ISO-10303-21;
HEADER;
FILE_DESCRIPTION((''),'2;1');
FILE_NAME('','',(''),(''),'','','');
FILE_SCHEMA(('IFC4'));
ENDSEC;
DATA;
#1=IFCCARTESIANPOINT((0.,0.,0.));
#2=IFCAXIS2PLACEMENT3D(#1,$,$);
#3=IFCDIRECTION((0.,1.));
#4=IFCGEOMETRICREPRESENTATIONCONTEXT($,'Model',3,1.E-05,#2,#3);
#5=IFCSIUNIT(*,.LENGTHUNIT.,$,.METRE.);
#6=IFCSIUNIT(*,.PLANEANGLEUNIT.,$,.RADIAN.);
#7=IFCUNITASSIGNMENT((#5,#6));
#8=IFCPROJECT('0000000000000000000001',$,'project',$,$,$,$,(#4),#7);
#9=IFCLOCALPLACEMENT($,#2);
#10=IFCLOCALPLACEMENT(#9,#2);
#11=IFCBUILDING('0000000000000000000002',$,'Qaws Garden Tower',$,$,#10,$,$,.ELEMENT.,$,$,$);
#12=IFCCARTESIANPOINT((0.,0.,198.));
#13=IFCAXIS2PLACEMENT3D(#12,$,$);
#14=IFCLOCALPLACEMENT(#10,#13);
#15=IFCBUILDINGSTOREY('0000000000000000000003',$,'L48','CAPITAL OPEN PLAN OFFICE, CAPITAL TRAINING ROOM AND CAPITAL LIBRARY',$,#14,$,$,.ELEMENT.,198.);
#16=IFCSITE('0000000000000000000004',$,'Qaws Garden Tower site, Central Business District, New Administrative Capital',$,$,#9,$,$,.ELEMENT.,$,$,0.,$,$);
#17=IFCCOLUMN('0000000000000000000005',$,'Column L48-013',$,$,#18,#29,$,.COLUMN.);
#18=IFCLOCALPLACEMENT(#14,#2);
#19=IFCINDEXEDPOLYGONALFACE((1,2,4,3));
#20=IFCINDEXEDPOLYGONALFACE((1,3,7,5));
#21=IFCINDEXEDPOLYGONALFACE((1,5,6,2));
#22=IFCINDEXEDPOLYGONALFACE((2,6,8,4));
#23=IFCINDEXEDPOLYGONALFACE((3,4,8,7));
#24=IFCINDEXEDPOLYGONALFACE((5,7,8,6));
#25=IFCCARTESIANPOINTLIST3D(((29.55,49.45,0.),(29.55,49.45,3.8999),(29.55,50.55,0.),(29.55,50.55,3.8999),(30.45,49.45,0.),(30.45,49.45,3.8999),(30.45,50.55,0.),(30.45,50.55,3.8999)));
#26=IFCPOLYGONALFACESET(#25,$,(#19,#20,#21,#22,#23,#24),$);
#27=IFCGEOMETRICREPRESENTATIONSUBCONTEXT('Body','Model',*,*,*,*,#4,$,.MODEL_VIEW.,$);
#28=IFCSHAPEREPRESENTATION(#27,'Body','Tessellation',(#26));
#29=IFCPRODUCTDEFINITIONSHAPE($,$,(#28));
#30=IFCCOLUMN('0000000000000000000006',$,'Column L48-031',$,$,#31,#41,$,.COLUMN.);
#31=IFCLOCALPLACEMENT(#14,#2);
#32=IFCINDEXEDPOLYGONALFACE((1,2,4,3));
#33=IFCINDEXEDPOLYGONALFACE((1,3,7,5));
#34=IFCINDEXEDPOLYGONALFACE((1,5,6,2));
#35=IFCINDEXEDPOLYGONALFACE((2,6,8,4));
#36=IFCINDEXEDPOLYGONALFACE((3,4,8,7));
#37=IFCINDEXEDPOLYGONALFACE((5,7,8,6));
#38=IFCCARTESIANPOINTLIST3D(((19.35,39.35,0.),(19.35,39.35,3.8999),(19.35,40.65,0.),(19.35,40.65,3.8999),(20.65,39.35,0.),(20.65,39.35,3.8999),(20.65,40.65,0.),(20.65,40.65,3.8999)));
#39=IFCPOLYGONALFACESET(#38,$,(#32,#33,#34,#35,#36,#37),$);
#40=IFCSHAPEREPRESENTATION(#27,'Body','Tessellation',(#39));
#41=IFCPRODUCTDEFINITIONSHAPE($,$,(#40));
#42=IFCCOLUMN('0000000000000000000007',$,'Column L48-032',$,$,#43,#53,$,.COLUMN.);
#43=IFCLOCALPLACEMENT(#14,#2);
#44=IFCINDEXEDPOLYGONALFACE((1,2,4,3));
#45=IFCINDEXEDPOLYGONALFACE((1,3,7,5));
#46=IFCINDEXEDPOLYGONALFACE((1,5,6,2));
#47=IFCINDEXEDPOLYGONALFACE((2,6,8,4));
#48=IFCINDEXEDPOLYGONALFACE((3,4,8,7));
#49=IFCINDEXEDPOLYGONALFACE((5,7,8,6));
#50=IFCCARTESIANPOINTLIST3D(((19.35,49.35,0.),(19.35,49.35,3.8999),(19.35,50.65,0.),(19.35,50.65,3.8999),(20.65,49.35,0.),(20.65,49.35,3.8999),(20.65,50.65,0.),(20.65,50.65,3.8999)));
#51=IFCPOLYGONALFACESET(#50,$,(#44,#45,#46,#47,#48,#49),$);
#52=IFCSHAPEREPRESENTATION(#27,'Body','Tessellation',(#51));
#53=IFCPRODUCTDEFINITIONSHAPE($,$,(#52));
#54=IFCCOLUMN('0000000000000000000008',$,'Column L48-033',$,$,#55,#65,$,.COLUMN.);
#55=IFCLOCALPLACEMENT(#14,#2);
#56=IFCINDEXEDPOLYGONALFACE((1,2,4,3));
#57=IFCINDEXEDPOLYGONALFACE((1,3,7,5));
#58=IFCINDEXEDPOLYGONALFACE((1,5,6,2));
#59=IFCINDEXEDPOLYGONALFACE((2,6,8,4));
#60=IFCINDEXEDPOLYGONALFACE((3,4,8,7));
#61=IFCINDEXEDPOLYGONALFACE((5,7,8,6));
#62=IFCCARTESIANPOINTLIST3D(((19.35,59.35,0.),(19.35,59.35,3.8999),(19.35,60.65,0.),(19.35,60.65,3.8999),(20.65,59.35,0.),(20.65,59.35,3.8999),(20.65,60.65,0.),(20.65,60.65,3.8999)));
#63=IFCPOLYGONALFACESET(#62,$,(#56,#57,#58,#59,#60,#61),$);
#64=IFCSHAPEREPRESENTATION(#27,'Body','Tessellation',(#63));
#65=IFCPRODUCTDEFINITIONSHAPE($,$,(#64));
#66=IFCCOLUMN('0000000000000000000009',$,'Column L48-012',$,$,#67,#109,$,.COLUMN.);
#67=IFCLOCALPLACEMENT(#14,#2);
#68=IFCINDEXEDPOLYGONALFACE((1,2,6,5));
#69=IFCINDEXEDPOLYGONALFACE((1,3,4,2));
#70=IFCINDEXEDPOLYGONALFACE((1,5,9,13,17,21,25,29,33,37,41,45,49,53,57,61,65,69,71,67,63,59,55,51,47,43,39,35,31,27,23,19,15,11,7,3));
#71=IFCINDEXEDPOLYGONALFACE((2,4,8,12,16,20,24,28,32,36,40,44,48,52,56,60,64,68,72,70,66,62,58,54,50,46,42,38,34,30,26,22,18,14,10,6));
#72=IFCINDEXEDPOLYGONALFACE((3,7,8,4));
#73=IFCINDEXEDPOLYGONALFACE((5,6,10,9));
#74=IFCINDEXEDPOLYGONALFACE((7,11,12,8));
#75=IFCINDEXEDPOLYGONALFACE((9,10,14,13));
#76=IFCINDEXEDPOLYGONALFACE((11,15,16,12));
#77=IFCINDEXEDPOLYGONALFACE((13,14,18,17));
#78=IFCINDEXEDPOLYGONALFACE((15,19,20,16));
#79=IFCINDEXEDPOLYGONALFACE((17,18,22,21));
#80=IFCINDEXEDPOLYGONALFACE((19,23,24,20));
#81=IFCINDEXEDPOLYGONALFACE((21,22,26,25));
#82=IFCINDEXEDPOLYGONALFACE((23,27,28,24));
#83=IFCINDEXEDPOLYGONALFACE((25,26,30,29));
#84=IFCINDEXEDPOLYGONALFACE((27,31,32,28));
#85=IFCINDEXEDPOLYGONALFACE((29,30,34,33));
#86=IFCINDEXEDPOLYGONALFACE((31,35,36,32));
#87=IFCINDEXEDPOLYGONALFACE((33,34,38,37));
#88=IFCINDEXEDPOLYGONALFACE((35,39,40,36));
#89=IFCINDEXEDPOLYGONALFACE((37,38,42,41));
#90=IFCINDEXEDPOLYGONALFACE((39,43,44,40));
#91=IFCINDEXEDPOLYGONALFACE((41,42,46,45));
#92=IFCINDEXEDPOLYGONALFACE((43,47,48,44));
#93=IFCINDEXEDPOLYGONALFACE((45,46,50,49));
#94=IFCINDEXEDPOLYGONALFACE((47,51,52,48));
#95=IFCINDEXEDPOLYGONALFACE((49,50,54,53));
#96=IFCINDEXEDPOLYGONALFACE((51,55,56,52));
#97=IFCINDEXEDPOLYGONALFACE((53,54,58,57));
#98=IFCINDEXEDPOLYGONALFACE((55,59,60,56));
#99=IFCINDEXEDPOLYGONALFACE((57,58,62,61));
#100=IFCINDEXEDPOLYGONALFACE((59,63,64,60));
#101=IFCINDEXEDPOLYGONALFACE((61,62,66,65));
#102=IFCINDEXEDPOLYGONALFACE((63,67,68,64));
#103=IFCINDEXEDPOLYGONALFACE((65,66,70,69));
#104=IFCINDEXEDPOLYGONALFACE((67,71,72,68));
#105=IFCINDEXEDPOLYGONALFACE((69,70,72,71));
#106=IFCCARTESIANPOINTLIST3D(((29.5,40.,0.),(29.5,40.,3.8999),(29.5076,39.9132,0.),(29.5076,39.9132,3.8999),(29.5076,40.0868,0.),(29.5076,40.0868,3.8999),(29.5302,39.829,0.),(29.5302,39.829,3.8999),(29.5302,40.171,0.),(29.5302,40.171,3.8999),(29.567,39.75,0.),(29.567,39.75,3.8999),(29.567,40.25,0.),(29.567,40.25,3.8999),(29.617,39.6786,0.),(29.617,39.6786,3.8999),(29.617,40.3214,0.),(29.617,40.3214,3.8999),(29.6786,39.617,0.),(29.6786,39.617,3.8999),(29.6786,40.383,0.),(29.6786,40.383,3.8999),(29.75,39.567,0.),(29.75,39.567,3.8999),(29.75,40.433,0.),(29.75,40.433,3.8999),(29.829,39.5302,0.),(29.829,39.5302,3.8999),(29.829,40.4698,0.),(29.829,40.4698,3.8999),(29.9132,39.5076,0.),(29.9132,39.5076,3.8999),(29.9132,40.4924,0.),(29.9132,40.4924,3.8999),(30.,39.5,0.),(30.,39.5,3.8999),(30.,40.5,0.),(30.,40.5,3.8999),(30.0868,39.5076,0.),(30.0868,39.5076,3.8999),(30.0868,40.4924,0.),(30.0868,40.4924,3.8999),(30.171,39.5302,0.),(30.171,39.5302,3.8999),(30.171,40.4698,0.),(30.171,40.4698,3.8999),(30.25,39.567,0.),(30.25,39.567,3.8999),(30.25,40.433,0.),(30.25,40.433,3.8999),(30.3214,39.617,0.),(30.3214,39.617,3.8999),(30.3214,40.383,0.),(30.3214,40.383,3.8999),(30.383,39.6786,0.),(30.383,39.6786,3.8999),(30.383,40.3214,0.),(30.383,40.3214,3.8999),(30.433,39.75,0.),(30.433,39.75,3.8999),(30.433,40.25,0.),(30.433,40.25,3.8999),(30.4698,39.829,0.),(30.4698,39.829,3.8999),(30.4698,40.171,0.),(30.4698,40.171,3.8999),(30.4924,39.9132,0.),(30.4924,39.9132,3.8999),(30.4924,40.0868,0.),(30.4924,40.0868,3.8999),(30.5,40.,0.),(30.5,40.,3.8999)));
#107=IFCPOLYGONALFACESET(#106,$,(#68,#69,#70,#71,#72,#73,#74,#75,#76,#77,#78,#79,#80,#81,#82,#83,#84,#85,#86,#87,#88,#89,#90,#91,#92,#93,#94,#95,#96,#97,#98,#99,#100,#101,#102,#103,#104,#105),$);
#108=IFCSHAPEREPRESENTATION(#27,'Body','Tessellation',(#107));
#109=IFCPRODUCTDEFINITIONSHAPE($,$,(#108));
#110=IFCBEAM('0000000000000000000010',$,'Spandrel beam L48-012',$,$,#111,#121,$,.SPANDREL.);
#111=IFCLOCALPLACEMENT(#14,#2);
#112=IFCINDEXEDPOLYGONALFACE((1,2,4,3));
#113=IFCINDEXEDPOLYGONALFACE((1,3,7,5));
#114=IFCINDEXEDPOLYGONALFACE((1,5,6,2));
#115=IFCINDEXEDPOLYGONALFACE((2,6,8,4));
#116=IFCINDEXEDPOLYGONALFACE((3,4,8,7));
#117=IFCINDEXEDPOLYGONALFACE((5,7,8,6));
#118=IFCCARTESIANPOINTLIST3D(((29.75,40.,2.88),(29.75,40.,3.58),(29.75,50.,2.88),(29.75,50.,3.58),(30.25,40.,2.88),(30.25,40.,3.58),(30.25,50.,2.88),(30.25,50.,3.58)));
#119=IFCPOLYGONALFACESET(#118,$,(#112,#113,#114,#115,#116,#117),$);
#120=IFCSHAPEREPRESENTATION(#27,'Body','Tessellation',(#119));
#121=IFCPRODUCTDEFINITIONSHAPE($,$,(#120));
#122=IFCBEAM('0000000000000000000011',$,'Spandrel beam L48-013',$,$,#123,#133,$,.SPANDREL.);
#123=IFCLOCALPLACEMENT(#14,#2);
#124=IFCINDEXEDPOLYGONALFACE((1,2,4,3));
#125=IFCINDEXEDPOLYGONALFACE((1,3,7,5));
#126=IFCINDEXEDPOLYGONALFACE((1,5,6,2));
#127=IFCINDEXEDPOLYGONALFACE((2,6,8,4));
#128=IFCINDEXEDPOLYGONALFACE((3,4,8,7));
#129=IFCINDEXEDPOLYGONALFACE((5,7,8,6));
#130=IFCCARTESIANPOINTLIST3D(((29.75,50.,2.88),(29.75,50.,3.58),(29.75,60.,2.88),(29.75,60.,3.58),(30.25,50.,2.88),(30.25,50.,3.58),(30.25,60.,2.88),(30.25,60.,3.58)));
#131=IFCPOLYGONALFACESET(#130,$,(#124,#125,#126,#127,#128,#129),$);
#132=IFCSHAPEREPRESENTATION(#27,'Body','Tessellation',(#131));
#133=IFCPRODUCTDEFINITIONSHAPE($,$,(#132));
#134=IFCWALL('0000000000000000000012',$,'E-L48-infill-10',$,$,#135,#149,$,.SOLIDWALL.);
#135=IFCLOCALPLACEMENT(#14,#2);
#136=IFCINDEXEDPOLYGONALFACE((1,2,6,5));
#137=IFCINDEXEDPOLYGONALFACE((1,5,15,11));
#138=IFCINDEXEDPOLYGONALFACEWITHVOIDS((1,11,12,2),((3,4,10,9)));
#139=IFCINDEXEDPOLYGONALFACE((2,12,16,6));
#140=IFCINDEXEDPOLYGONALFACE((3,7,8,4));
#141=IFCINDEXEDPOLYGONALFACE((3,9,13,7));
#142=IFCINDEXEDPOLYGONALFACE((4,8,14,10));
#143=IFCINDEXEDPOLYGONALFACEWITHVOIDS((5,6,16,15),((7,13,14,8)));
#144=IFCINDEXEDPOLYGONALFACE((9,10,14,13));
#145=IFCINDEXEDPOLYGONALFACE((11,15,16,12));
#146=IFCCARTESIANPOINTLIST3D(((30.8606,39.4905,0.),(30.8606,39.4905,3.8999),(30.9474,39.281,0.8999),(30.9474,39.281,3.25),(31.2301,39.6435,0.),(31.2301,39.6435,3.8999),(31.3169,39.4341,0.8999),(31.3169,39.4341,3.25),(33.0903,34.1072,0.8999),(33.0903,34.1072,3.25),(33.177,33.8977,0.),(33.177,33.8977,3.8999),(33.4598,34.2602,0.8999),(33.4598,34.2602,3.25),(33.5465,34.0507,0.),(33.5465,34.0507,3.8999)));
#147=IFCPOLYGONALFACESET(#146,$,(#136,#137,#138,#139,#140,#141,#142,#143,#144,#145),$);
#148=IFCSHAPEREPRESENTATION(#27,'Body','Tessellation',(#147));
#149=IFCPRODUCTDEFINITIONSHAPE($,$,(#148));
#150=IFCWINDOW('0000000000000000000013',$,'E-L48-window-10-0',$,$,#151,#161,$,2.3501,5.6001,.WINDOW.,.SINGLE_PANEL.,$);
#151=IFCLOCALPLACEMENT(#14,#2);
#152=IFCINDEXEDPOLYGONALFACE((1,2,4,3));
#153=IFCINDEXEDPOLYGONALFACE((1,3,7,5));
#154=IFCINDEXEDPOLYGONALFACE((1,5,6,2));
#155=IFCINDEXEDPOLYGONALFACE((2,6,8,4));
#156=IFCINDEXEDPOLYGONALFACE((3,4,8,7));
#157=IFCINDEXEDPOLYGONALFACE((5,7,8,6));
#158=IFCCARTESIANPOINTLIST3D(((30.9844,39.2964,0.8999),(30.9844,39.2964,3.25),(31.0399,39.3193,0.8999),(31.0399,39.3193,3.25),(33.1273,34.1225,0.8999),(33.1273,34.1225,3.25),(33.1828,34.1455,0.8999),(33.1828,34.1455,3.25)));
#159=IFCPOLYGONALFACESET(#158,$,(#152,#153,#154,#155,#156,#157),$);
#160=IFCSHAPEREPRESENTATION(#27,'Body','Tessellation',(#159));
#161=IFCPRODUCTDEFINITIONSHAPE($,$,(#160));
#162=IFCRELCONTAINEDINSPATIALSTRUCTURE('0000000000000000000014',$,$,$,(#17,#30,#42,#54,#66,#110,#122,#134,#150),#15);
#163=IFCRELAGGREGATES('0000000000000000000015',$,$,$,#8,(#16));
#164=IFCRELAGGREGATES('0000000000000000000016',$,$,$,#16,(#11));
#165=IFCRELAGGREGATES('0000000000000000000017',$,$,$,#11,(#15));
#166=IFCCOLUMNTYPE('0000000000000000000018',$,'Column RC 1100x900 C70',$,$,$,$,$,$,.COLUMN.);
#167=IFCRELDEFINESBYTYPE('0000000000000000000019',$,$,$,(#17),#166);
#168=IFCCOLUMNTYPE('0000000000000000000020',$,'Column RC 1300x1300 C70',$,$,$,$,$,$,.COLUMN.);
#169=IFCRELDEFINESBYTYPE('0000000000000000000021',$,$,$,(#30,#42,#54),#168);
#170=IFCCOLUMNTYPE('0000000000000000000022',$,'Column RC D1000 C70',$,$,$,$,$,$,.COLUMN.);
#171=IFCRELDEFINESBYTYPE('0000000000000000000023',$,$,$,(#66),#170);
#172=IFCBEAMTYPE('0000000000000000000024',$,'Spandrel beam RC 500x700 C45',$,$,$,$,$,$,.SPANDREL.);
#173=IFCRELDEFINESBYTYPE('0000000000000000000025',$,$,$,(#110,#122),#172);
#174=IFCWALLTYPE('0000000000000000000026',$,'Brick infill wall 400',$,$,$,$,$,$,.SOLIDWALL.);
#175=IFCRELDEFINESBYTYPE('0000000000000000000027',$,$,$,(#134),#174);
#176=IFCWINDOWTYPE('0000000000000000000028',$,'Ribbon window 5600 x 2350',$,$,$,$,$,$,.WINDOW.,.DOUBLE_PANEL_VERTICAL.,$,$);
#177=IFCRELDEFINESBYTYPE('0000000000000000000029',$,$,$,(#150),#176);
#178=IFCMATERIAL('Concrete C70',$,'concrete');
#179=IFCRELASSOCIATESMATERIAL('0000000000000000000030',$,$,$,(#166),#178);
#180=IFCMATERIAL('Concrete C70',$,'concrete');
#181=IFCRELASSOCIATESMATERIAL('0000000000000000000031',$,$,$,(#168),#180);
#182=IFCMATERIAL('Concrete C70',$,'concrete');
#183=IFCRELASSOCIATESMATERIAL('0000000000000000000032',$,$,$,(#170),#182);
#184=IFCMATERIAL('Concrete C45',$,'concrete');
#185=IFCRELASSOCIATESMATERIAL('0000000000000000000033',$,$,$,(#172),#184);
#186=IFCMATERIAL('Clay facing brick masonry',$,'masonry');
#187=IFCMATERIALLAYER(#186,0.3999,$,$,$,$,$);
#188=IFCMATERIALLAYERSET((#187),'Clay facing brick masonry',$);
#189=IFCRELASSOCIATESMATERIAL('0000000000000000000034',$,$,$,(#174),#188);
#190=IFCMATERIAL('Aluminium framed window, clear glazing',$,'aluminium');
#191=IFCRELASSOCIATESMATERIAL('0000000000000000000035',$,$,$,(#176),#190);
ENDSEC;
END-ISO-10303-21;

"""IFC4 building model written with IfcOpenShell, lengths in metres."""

from ifc_helpers import new_model, si_unit, direction, frame, frame_2d, origin, origin_2d, place, context, subcontext, project, spatial, rectangle, circle, extrude, material, layer, layer_set, material_profile, profile_set, type_object, element, fill, save


model = new_model("IFC4")

# Units and contexts
model_context = context("Model", 3, precision=1e-05, world=origin(), true_north=direction((0.0, 1.0)))
body_context = subcontext(model_context, "Body", "Model", "MODEL_VIEW")
ifc_project = project(units=[si_unit("LENGTHUNIT", "METRE"), si_unit("PLANEANGLEUNIT", "RADIAN")], contexts=[model_context])

# Site, building, storey
site_placement = place(None, origin())
site = spatial("IfcSite", under=ifc_project, at=site_placement, Name="Qaws Garden Tower site, Central Business District, New Administrative Capital", CompositionType="ELEMENT", RefElevation=0.0)
building_placement = place(site_placement, origin())
building = spatial("IfcBuilding", under=site, at=building_placement, Name="Qaws Garden Tower", CompositionType="ELEMENT")
storey_placement = place(building_placement, frame((0.0, 0.0, 198.0)))
storey = spatial("IfcBuildingStorey", under=building, at=storey_placement, Name="L48", Description="CAPITAL OPEN PLAN OFFICE, CAPITAL TRAINING ROOM AND CAPITAL LIBRARY", CompositionType="ELEMENT", Elevation=198.0)

# Columns
ifc_material_1 = material(Name="Concrete C70", Category="concrete")
ifc_material_profile_1 = material_profile(ifc_material_1, rectangle(XDim=1.1001, YDim=0.8999, at=origin_2d()), Name="RC 1100x900")
ifc_profile_set_1 = profile_set([ifc_material_profile_1], Name="Concrete C70")
column_type_1 = type_object("IfcColumnType", Name="Column RC 1100x900 C70", PredefinedType="COLUMN", material=ifc_profile_set_1)
column_1_placement = place(storey_placement, frame((30.0, 50.0, 0.0), z_axis=(0.0, 0.0, 1.0), x_axis=(0.0, 1.0, 0.0)))
element("IfcColumn", 1, at=column_1_placement, inside=storey, type_object=column_type_1, Name="Column L48-013", PredefinedType="COLUMN", context=body_context, shape_type="SweptSolid", body=[
    extrude(rectangle(XDim=1.1001, YDim=0.8999, at=origin_2d()), origin(), (0.0, 0.0, 1.0), 3.8999),
])
ifc_material_2 = material(Name="Concrete C70", Category="concrete")
ifc_material_profile_2 = material_profile(ifc_material_2, rectangle(XDim=1.3, YDim=1.3, at=origin_2d()), Name="RC 1300x1300")
ifc_profile_set_2 = profile_set([ifc_material_profile_2], Name="Concrete C70")
column_type_2 = type_object("IfcColumnType", Name="Column RC 1300x1300 C70", PredefinedType="COLUMN", material=ifc_profile_set_2)
for number, where, z_axis, x_axis, name in (
    (2, (20.0, 40.0, 0.0), (0.0, 0.0, 1.0), (1.0, 0.0, 0.0), "Column L48-031"),
    (3, (20.0, 50.0, 0.0), (0.0, 0.0, 1.0), (1.0, 0.0, 0.0), "Column L48-032"),
    (4, (20.0, 60.0, 0.0), (0.0, 0.0, 1.0), (1.0, 0.0, 0.0), "Column L48-033"),
):
    element("IfcColumn", number, at=place(storey_placement, frame(where, z_axis=z_axis, x_axis=x_axis)), inside=storey, type_object=column_type_2, Name=name, PredefinedType="COLUMN", context=body_context, shape_type="SweptSolid", body=[
        extrude(rectangle(XDim=1.3, YDim=1.3, at=origin_2d()), origin(), (0.0, 0.0, 1.0), 3.8999),
    ])
ifc_material_3 = material(Name="Concrete C70", Category="concrete")
ifc_material_profile_3 = material_profile(ifc_material_3, circle(Radius=0.5, at=origin_2d()), Name="RC D1000")
ifc_profile_set_3 = profile_set([ifc_material_profile_3], Name="Concrete C70")
column_type_3 = type_object("IfcColumnType", Name="Column RC D1000 C70", PredefinedType="COLUMN", material=ifc_profile_set_3)
column_2_placement = place(storey_placement, frame((30.0, 40.0, 0.0), z_axis=(0.0, 0.0, 1.0), x_axis=(1.0, 0.0, 0.0)))
element("IfcColumn", 5, at=column_2_placement, inside=storey, type_object=column_type_3, Name="Column L48-012", PredefinedType="COLUMN", context=body_context, shape_type="SweptSolid", body=[
    extrude(circle(Radius=0.5, at=origin_2d()), origin(), (0.0, 0.0, 1.0), 3.8999),
])

# Beams
ifc_material_4 = material(Name="Concrete C45", Category="concrete")
ifc_material_profile_4 = material_profile(ifc_material_4, rectangle(XDim=0.5, YDim=0.7, at=origin_2d()), Name="RC 500x700")
ifc_profile_set_4 = profile_set([ifc_material_profile_4], Name="Concrete C45")
beam_type = type_object("IfcBeamType", Name="Spandrel beam RC 500x700 C45", PredefinedType="SPANDREL", material=ifc_profile_set_4)
for number, where, z_axis, x_axis, name in (
    (6, (30.0, 40.0, 3.23), (0.0, 1.0, 0.0), (-1.0, 0.0, 0.0), "Spandrel beam L48-012"),
    (7, (30.0, 50.0, 3.23), (0.0, 1.0, 0.0), (-1.0, 0.0, 0.0), "Spandrel beam L48-013"),
):
    element("IfcBeam", number, at=place(storey_placement, frame(where, z_axis=z_axis, x_axis=x_axis)), inside=storey, type_object=beam_type, Name=name, PredefinedType="SPANDREL", context=body_context, shape_type="SweptSolid", body=[
        extrude(rectangle(XDim=0.5, YDim=0.7, at=origin_2d()), origin(), (0.0, 0.0, 1.0), 10.0),
    ])

# Wall, opening, window
ifc_material_5 = material(Name="Clay facing brick masonry", Category="masonry")
ifc_layer_1 = layer(ifc_material_5, 0.3999)
ifc_layer_set_1 = layer_set([ifc_layer_1], Name="Clay facing brick masonry")
wall_type_1 = type_object("IfcWallType", Name="Brick infill wall 400", PredefinedType="SOLIDWALL", material=ifc_layer_set_1)
wall_1_placement = place(storey_placement, frame((33.3618, 33.9741, 0.0), z_axis=(0.0, 0.0, 1.0), x_axis=(-0.382656, 0.923891, 0.0)))
wall_1 = element("IfcWall", 8, at=wall_1_placement, inside=storey, type_object=wall_type_1, Name="E-L48-infill-10", PredefinedType="SOLIDWALL", context=body_context, shape_type="SweptSolid", body=[
    extrude(rectangle(XDim=6.0535, YDim=0.3999, at=frame_2d((3.0269, 0.0))), origin(), (0.0, 0.0, 1.0), 3.8999),
])
opening_1_placement = place(wall_1_placement, frame((0.2268, 0.0, 0.8999)))
opening_1 = element("IfcOpeningElement", 9, at=opening_1_placement, cuts=wall_1, PredefinedType="OPENING", context=body_context, shape_type="SweptSolid", body=[
    extrude(rectangle(XDim=5.6001, YDim=2.3501, at=frame_2d((2.8, 1.175))), frame((0.0, 0.21, 0.0), z_axis=(0.0, -1.0, 0.0), x_axis=(1.0, 0.0, 0.0)), (0.0, 0.0, 1.0), 0.4199),
])
ifc_material_6 = material(Name="Aluminium framed window, clear glazing", Category="aluminium")
window_type_1 = type_object("IfcWindowType", Name="Ribbon window 5600 x 2350", PartitioningType="DOUBLE_PANEL_VERTICAL", PredefinedType="WINDOW", material=ifc_material_6)
window_1_placement = place(opening_1_placement, origin())
window_1 = element("IfcWindow", 10, at=window_1_placement, inside=storey, type_object=window_type_1, Name="E-L48-window-10-0", OverallHeight=2.3501, OverallWidth=5.6001, PartitioningType="SINGLE_PANEL", PredefinedType="WINDOW", context=body_context, shape_type="SweptSolid", body=[
    extrude(rectangle(XDim=5.6001, YDim=2.3501, at=frame_2d((2.8, 1.175))), frame((0.0, 0.1599, 0.0), z_axis=(0.0, -1.0, 0.0), x_axis=(1.0, 0.0, 0.0)), (0.0, 0.0, 1.0), 0.0601),
])
fill(opening_1, window_1)

save(model, "model.ifc")
